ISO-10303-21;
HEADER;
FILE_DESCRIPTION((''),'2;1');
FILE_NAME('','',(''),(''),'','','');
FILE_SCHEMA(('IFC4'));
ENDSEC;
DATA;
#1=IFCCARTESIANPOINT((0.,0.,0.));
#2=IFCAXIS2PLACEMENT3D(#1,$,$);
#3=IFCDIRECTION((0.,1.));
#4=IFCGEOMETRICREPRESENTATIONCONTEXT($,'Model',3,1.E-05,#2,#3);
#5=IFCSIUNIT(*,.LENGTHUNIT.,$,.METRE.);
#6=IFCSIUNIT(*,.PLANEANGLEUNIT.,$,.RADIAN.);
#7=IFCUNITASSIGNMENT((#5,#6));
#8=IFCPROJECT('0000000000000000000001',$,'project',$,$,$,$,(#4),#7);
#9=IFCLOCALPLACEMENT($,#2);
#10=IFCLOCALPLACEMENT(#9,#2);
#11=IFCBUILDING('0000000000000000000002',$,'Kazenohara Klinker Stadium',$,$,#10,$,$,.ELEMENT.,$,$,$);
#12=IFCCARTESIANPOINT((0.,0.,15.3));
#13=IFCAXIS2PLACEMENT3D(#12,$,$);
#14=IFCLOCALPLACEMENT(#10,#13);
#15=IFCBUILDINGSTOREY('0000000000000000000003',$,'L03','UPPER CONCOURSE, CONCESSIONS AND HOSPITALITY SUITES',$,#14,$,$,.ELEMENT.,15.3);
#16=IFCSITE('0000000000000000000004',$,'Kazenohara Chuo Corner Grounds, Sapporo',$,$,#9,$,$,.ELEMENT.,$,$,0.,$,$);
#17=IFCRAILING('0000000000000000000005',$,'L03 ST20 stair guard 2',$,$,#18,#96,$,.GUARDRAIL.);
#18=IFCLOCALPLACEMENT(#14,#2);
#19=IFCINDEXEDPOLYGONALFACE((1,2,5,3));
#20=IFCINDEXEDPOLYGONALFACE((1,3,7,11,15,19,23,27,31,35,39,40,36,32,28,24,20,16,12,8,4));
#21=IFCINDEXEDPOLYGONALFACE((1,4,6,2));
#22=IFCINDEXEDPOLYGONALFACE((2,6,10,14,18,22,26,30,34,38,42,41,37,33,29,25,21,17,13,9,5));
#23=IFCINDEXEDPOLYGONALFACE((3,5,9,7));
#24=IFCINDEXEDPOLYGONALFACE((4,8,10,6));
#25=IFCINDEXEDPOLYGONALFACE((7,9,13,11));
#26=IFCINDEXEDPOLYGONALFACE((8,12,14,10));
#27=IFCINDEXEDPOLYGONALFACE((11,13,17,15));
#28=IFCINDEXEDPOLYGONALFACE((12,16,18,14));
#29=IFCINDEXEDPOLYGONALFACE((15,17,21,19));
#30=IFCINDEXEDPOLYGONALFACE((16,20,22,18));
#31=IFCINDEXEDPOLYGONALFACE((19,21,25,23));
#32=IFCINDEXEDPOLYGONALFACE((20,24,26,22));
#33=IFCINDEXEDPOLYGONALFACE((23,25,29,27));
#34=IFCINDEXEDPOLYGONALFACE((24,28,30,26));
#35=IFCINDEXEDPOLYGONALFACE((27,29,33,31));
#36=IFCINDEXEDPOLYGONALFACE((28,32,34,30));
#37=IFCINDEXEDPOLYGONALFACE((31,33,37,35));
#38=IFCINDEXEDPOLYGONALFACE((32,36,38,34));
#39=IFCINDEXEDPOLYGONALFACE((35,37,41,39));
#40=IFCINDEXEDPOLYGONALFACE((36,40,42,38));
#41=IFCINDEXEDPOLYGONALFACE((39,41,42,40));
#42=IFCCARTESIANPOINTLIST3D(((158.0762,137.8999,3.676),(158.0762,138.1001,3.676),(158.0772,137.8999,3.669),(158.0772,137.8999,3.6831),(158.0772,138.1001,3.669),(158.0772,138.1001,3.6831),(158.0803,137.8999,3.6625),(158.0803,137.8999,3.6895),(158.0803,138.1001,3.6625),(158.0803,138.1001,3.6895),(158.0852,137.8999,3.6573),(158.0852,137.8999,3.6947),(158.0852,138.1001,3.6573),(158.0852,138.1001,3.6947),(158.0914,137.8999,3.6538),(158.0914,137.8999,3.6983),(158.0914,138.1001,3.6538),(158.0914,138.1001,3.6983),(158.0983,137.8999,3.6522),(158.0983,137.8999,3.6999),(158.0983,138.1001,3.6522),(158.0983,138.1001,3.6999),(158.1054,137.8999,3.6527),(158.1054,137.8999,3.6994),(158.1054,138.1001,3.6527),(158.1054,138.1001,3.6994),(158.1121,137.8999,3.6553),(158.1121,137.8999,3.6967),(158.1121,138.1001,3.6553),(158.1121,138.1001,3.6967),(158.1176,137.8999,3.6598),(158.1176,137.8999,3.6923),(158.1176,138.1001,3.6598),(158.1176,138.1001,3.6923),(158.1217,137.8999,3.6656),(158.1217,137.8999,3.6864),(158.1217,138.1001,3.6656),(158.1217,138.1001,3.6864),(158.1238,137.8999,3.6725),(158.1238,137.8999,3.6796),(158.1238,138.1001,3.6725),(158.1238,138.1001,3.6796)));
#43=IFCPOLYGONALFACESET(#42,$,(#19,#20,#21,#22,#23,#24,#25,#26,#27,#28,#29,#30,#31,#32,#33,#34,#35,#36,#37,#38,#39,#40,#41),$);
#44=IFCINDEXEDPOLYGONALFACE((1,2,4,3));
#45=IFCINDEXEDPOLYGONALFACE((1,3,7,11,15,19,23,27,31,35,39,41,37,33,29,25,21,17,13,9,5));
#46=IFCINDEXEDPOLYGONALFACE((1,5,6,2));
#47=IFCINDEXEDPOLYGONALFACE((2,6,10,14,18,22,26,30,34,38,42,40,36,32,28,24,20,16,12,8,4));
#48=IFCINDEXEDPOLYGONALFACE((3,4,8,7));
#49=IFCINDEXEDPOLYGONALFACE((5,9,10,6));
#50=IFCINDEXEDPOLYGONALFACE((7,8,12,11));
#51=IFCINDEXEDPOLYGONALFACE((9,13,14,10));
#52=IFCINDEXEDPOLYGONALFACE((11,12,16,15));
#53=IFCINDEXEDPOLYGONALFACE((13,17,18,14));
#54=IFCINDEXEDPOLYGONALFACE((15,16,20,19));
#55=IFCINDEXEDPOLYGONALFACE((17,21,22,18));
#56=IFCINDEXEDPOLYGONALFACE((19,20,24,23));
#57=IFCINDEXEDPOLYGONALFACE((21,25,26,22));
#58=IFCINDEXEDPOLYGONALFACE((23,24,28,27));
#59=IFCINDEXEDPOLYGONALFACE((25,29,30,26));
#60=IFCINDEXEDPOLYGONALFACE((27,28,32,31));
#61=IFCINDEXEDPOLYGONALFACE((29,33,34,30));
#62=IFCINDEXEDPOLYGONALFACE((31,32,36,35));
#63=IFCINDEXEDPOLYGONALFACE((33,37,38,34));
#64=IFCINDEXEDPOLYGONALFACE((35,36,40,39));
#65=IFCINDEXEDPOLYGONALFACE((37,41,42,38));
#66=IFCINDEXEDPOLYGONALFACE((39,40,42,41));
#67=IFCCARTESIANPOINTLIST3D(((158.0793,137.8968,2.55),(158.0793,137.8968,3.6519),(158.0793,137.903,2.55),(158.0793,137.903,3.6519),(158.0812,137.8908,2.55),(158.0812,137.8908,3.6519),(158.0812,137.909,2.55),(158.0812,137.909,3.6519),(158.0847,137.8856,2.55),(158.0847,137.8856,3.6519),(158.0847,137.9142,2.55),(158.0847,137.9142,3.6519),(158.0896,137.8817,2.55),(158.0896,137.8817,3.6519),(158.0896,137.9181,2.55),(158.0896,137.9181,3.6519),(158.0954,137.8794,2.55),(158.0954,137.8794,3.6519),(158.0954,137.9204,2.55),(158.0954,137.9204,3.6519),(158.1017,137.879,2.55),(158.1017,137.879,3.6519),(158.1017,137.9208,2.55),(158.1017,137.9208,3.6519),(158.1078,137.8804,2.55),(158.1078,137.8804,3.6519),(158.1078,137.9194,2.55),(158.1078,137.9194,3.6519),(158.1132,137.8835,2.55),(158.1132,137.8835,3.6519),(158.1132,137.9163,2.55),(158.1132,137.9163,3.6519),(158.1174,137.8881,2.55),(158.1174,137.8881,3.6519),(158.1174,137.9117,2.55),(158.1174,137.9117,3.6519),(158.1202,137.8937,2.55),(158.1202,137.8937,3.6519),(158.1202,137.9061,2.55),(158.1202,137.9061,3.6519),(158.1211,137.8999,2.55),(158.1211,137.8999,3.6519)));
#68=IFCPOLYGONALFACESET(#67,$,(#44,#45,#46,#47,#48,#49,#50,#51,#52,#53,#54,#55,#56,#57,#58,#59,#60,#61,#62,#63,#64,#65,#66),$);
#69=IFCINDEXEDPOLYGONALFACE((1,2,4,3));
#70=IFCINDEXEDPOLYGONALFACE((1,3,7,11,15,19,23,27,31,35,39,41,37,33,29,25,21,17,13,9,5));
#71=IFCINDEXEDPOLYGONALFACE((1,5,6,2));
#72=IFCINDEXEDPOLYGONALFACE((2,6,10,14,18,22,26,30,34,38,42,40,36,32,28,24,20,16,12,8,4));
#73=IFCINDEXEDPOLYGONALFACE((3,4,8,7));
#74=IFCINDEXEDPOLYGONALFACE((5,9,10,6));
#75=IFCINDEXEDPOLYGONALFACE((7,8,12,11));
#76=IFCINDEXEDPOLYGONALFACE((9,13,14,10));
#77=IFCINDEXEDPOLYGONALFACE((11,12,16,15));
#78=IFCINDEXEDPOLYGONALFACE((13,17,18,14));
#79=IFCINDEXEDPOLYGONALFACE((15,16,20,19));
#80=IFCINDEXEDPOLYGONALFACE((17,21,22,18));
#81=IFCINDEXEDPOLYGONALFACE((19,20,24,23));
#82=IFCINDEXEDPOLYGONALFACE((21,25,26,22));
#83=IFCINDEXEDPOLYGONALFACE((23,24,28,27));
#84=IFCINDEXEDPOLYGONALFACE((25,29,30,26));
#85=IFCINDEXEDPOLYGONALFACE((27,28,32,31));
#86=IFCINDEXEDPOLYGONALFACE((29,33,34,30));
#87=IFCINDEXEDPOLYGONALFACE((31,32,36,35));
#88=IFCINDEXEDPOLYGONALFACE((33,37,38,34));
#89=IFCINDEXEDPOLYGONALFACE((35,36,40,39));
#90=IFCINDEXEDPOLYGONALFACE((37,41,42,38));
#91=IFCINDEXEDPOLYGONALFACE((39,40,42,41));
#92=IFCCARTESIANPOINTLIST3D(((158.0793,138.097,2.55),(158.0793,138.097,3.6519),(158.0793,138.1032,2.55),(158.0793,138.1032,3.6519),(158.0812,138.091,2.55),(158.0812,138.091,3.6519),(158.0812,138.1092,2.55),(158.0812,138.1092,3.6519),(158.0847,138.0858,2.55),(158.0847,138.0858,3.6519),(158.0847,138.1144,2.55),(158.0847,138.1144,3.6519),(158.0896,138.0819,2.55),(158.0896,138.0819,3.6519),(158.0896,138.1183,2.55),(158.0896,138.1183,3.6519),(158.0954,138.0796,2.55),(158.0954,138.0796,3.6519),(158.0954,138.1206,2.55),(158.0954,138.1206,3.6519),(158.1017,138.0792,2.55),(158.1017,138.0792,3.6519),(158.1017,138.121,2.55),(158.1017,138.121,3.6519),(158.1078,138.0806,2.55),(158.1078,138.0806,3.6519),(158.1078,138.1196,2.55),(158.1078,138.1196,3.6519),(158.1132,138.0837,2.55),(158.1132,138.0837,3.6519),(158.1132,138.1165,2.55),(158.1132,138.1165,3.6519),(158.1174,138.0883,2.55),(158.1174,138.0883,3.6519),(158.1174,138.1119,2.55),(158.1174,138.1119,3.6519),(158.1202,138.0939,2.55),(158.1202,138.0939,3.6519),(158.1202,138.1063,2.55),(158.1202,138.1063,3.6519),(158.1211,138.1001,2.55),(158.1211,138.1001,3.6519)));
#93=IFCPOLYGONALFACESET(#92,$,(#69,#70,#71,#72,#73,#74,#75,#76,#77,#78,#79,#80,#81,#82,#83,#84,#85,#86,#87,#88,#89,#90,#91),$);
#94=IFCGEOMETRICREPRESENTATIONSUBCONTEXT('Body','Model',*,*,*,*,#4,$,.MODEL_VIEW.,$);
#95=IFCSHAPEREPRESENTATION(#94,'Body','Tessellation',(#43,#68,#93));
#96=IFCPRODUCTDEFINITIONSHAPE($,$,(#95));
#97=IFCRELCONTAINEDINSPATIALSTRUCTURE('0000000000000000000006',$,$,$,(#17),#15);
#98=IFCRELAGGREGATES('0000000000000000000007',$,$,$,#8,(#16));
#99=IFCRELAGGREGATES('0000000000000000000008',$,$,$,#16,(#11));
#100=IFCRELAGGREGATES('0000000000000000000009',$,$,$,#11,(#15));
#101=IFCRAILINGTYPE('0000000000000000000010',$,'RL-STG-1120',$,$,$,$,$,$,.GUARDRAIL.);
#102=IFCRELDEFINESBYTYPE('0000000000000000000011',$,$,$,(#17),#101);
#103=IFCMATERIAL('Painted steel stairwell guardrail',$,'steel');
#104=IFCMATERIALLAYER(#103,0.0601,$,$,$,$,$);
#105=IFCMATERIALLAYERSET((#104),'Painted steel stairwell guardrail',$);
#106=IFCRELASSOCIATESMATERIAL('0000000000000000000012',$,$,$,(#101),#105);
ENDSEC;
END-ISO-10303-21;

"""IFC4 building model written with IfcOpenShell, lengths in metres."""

from ifc_helpers import new_model, si_unit, direction, frame, origin, origin_2d, place, context, subcontext, project, spatial, circle, extrude, material, layer, layer_set, type_object, element, save


model = new_model("IFC4")

# Units and contexts
model_context = context("Model", 3, precision=1e-05, world=origin(), true_north=direction((0.0, 1.0)))
body_context = subcontext(model_context, "Body", "Model", "MODEL_VIEW")
ifc_project = project(units=[si_unit("LENGTHUNIT", "METRE"), si_unit("PLANEANGLEUNIT", "RADIAN")], contexts=[model_context])

# Site, building, storey
site_placement = place(None, origin())
site = spatial("IfcSite", under=ifc_project, at=site_placement, Name="Kazenohara Chuo Corner Grounds, Sapporo", CompositionType="ELEMENT", RefElevation=0.0)
building_placement = place(site_placement, origin())
building = spatial("IfcBuilding", under=site, at=building_placement, Name="Kazenohara Klinker Stadium", CompositionType="ELEMENT")
storey_placement = place(building_placement, frame((0.0, 0.0, 15.3)))
storey = spatial("IfcBuildingStorey", under=building, at=storey_placement, Name="L03", Description="UPPER CONCOURSE, CONCESSIONS AND HOSPITALITY SUITES", CompositionType="ELEMENT", Elevation=15.3)

# Railing
ifc_material_1 = material(Name="Painted steel stairwell guardrail", Category="steel")
ifc_layer_1 = layer(ifc_material_1, 0.0601)
ifc_layer_set_1 = layer_set([ifc_layer_1], Name="Painted steel stairwell guardrail")
railing_type_1 = type_object("IfcRailingType", Name="RL-STG-1120", PredefinedType="GUARDRAIL", material=ifc_layer_set_1)
railing_1_placement = place(storey_placement, frame((158.1001, 137.8999, 2.55)))
element("IfcRailing", 1, at=railing_1_placement, inside=storey, type_object=railing_type_1, Name="L03 ST20 stair guard 2", PredefinedType="GUARDRAIL", context=body_context, shape_type="SweptSolid", body=[
    extrude(circle(Radius=0.0239, at=origin_2d()), frame((0.0, 0.0, 1.126), z_axis=(0.0, 1.0, 0.0), x_axis=(-1.0, 0.0, 0.0)), (0.0, 0.0, 1.0), 0.2002),
    extrude(circle(Radius=0.021, at=origin_2d()), origin(), (0.0, 0.0, 1.0), 1.1018),
    extrude(circle(Radius=0.021, at=origin_2d()), frame((0.0, 0.2002, 0.0)), (0.0, 0.0, 1.0), 1.1018),
])

save(model, "model.ifc")
